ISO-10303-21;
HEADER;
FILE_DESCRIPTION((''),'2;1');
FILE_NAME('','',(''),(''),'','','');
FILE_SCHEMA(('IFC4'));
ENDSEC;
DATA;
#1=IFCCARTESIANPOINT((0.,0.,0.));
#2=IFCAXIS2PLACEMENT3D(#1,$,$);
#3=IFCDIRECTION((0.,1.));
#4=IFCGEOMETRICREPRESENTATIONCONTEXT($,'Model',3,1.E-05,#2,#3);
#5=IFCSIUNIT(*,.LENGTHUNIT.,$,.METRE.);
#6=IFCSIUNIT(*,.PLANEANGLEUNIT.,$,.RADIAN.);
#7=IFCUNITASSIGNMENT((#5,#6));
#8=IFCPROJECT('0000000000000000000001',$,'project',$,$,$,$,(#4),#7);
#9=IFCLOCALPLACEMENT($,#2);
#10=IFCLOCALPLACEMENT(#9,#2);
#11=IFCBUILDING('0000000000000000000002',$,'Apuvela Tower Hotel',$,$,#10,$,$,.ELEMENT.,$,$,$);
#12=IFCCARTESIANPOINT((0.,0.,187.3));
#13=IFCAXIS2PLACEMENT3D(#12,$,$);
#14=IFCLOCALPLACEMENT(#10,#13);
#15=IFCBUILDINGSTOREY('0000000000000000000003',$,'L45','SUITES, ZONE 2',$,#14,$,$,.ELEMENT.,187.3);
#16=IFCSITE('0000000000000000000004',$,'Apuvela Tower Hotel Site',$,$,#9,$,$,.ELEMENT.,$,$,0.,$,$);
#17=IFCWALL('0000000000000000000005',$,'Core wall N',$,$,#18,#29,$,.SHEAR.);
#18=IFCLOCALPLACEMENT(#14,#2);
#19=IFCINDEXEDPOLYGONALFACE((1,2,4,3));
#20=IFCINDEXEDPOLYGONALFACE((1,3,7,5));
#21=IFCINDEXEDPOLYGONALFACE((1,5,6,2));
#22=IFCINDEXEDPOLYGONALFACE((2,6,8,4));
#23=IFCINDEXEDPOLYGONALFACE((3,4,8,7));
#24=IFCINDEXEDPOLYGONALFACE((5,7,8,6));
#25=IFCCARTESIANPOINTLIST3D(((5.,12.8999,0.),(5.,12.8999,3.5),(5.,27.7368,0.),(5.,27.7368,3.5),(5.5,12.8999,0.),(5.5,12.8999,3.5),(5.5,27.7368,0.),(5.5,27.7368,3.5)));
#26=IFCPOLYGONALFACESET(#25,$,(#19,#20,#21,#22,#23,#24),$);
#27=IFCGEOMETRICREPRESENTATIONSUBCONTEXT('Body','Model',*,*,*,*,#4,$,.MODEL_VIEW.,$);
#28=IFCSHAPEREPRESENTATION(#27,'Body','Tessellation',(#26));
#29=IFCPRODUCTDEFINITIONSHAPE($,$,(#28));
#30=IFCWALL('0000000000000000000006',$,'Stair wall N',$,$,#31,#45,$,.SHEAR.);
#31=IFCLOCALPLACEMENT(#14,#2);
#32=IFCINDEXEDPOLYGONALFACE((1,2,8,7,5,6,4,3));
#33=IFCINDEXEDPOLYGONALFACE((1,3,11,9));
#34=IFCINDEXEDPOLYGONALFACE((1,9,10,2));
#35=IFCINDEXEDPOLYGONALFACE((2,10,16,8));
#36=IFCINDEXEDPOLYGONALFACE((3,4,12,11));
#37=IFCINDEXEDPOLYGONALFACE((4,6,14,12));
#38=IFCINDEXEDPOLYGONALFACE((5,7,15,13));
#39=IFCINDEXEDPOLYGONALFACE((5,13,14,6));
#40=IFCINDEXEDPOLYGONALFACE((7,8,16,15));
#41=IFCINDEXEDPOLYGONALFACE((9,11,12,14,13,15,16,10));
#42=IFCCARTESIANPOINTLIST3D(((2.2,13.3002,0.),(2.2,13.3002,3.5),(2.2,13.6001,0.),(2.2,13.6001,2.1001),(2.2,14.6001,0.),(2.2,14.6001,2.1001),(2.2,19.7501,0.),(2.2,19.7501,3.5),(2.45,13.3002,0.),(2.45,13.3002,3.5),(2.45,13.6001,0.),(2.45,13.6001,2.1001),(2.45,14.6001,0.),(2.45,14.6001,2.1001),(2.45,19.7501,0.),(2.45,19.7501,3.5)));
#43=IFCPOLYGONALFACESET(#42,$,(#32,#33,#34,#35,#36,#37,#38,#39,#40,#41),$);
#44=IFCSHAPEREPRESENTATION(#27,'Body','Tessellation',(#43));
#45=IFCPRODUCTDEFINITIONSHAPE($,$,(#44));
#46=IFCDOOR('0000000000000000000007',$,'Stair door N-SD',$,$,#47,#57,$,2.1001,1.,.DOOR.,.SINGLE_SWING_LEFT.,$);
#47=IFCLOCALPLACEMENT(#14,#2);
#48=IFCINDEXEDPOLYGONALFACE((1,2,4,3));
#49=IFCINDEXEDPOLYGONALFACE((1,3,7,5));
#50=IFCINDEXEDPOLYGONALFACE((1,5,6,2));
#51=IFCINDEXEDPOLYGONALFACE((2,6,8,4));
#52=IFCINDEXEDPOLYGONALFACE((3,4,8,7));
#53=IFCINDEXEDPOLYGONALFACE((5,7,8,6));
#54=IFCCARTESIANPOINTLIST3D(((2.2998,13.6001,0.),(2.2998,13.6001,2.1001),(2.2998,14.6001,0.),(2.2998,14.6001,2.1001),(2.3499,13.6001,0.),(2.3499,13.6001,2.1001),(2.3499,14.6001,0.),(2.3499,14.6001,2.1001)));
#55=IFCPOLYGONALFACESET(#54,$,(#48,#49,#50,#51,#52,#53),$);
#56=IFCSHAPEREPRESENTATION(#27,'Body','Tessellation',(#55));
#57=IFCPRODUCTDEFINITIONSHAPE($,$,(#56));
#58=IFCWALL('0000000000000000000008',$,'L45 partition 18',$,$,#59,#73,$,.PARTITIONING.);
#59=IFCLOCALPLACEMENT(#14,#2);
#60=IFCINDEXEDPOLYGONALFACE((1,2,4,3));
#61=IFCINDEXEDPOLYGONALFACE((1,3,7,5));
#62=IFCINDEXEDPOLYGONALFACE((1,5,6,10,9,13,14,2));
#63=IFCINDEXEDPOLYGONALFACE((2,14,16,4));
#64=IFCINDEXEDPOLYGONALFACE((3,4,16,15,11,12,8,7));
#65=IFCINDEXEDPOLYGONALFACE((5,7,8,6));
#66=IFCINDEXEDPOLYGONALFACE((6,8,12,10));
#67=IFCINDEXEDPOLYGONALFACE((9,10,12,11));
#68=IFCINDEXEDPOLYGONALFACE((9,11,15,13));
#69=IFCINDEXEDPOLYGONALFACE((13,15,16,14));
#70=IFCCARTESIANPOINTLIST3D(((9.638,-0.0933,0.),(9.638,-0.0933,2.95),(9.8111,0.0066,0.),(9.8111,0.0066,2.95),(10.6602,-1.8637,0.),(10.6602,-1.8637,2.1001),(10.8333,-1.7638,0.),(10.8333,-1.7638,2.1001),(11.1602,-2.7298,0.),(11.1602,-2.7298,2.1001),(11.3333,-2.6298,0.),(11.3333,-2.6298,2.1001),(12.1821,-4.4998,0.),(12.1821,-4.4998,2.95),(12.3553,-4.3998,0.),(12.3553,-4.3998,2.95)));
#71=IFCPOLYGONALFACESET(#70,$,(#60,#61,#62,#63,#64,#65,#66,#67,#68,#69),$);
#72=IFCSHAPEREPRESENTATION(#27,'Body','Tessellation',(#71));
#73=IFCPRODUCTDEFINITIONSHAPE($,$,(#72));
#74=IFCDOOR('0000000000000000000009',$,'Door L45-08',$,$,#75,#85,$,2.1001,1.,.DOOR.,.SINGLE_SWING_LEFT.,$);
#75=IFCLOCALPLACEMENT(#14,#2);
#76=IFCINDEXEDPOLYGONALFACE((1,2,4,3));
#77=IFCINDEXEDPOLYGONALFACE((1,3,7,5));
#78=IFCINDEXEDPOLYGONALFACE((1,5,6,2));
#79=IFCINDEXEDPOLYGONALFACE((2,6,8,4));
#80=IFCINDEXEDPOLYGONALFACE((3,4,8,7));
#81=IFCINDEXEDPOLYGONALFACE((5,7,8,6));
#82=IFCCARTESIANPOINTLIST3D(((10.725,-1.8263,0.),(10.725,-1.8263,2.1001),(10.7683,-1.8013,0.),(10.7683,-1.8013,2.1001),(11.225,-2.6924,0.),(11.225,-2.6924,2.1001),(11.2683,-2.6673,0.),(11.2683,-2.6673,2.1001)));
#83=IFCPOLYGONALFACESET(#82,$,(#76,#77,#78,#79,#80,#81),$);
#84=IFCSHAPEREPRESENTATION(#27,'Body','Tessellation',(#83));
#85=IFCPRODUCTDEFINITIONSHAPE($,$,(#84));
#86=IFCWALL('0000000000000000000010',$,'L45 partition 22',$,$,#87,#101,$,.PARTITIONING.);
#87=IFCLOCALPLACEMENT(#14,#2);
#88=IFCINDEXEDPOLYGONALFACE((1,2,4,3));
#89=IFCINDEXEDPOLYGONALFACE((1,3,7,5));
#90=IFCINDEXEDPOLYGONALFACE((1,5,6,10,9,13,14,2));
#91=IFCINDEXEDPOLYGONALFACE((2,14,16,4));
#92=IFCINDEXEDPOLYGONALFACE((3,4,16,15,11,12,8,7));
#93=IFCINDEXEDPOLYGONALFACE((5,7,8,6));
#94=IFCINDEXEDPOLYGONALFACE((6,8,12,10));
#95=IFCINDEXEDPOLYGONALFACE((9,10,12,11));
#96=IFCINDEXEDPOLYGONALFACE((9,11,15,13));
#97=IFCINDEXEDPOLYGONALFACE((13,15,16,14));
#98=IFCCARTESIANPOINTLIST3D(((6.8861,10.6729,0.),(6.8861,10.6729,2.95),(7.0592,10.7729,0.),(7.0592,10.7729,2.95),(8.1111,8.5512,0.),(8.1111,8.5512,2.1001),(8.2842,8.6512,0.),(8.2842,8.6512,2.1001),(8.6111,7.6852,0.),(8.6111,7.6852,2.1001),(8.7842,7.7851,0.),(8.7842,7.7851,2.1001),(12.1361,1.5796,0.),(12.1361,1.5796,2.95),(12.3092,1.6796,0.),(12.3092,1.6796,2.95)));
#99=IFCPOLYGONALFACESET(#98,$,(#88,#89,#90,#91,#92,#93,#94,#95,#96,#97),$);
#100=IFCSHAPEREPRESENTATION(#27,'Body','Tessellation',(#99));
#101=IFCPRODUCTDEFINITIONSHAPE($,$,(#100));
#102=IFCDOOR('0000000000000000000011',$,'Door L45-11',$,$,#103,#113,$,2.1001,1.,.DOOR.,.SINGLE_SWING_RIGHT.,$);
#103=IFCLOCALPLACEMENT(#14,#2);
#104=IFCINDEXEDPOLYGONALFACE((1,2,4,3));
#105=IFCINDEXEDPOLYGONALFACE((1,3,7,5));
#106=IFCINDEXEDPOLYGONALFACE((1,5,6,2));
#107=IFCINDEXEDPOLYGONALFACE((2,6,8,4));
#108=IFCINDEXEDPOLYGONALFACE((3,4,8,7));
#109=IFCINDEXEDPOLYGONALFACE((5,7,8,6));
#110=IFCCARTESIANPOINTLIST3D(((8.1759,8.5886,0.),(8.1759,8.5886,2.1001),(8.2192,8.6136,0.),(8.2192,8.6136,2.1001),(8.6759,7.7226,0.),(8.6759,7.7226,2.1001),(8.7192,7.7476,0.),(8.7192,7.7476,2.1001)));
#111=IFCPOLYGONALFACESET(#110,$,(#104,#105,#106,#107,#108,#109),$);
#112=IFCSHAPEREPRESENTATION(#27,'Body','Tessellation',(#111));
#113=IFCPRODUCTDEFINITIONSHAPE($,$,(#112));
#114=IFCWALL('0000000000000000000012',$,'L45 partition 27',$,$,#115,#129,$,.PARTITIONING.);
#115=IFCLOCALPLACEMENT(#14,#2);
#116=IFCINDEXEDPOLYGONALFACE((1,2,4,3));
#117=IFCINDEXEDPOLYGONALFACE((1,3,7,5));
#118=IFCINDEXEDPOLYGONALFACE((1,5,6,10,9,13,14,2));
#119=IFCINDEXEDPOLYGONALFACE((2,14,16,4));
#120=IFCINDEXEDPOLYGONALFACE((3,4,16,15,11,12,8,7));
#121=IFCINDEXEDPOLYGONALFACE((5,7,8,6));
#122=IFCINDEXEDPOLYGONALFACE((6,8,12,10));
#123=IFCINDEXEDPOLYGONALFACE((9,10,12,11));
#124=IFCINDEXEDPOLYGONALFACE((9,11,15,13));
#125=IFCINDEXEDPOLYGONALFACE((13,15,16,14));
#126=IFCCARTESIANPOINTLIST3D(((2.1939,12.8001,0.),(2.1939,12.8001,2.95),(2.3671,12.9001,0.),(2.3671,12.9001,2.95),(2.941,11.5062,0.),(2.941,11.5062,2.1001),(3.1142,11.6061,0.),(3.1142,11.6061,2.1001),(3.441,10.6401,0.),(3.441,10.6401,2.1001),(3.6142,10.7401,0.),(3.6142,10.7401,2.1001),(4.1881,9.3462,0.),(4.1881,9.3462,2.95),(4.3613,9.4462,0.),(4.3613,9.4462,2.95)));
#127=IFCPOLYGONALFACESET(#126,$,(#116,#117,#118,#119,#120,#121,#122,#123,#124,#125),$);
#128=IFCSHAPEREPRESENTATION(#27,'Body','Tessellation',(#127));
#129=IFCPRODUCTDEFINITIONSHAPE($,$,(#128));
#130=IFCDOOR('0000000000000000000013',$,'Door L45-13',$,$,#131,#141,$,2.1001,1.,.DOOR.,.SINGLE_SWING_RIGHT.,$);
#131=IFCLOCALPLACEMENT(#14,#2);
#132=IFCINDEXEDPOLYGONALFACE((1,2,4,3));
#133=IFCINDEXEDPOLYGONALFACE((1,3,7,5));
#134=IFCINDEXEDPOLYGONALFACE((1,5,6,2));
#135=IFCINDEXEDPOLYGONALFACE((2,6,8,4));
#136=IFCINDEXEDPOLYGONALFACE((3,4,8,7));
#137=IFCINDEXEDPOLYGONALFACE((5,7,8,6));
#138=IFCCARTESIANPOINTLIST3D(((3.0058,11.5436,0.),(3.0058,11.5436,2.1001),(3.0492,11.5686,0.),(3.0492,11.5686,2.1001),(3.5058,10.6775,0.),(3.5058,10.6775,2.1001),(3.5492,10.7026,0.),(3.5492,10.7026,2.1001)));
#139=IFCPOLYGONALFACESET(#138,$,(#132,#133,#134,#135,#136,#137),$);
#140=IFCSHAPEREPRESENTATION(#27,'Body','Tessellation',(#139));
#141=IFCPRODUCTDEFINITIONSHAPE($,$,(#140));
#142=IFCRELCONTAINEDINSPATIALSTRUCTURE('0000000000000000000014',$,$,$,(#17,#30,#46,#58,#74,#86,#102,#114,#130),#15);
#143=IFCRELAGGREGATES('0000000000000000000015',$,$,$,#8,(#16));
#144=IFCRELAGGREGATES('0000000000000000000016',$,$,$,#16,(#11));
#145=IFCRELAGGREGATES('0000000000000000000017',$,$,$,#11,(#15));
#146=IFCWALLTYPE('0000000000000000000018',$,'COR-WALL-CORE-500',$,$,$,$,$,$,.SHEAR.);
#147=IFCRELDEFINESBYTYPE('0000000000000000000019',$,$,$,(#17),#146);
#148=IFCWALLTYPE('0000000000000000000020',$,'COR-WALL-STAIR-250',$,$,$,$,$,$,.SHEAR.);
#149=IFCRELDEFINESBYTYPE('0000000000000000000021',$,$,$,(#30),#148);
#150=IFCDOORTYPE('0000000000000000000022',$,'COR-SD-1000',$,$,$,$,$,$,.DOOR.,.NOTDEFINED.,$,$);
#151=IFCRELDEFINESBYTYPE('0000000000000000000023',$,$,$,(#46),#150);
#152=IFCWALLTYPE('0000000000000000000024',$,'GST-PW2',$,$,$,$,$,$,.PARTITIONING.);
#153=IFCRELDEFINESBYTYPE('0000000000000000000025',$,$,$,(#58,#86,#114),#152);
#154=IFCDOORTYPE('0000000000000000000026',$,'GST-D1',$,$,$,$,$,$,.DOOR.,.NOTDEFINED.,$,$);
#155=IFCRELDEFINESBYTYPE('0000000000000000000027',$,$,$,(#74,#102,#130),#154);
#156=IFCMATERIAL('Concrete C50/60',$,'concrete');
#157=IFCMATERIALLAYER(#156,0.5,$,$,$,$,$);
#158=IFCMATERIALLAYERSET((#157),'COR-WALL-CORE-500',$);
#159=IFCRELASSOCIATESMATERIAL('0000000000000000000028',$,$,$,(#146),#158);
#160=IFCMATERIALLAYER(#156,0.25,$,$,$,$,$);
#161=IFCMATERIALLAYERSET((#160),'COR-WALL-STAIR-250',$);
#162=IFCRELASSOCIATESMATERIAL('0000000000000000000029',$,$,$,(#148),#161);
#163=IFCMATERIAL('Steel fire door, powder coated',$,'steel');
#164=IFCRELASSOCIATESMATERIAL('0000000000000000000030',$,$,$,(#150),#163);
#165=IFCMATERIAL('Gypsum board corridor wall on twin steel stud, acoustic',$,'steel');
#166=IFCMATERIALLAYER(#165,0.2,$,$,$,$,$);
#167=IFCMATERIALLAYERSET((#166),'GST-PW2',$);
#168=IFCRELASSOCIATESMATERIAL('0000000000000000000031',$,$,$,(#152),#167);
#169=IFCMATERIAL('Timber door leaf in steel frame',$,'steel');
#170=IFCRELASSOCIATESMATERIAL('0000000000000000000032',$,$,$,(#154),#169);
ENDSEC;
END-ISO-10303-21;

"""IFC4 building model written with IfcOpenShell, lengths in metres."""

from ifc_helpers import new_model, si_unit, direction, frame, frame_2d, origin, place, context, subcontext, project, spatial, rectangle, extrude, material, layer, layer_set, type_object, element, fill, save


model = new_model("IFC4")

# Units and contexts
model_context = context("Model", 3, precision=1e-05, world=origin(), true_north=direction((0.0, 1.0)))
body_context = subcontext(model_context, "Body", "Model", "MODEL_VIEW")
ifc_project = project(units=[si_unit("LENGTHUNIT", "METRE"), si_unit("PLANEANGLEUNIT", "RADIAN")], contexts=[model_context])

# Site, building, storey
site_placement = place(None, origin())
site = spatial("IfcSite", under=ifc_project, at=site_placement, Name="Apuvela Tower Hotel Site", CompositionType="ELEMENT", RefElevation=0.0)
building_placement = place(site_placement, origin())
building = spatial("IfcBuilding", under=site, at=building_placement, Name="Apuvela Tower Hotel", CompositionType="ELEMENT")
storey_placement = place(building_placement, frame((0.0, 0.0, 187.3)))
storey = spatial("IfcBuildingStorey", under=building, at=storey_placement, Name="L45", Description="SUITES, ZONE 2", CompositionType="ELEMENT", Elevation=187.3)

# Shared definitions
ifc_material_1 = material(Name="Concrete C50/60", Category="concrete")

# Shared definitions
ifc_material_2 = material(Name="Steel fire door, powder coated", Category="steel")

# Wall
ifc_layer_1 = layer(ifc_material_1, 0.5)
ifc_layer_set_1 = layer_set([ifc_layer_1], Name="COR-WALL-CORE-500")
wall_type_1 = type_object("IfcWallType", Name="COR-WALL-CORE-500", PredefinedType="SHEAR", material=ifc_layer_set_1)
wall_1_placement = place(storey_placement, frame((5.25, 12.8999, 0.0), z_axis=(0.0, 0.0, 1.0), x_axis=(0.0, 1.0, 0.0)))
element("IfcWall", 1, at=wall_1_placement, inside=storey, type_object=wall_type_1, Name="Core wall N", PredefinedType="SHEAR", context=body_context, shape_type="SweptSolid", body=[
    extrude(rectangle(XDim=14.8369, YDim=0.5, at=frame_2d((7.4185, 0.0))), origin(), (0.0, 0.0, 1.0), 3.5),
])

# Walls, openings, doors
ifc_layer_2 = layer(ifc_material_1, 0.25)
ifc_layer_set_2 = layer_set([ifc_layer_2], Name="COR-WALL-STAIR-250")
wall_type_2 = type_object("IfcWallType", Name="COR-WALL-STAIR-250", PredefinedType="SHEAR", material=ifc_layer_set_2)
wall_2_placement = place(storey_placement, frame((2.325, 13.3, 0.0), z_axis=(0.0, 0.0, 1.0), x_axis=(0.0, 1.0, 0.0)))
wall_2 = element("IfcWall", 2, at=wall_2_placement, inside=storey, type_object=wall_type_2, Name="Stair wall N", PredefinedType="SHEAR", context=body_context, shape_type="SweptSolid", body=[
    extrude(rectangle(XDim=6.45, YDim=0.25, at=frame_2d((3.2251, 0.0))), origin(), (0.0, 0.0, 1.0), 3.5),
])
opening_1_placement = place(wall_2_placement, frame((0.3, 0.0, 0.0)))
opening_1 = element("IfcOpeningElement", 3, at=opening_1_placement, cuts=wall_2, PredefinedType="OPENING", context=body_context, shape_type="SweptSolid", body=[
    extrude(rectangle(XDim=1.0, YDim=2.1001, at=frame_2d((0.5, 1.05))), frame((0.0, 0.135, 0.0), z_axis=(0.0, -1.0, 0.0), x_axis=(1.0, 0.0, 0.0)), (0.0, 0.0, 1.0), 0.27),
])
door_type_1 = type_object("IfcDoorType", Name="COR-SD-1000", OperationType="NOTDEFINED", PredefinedType="DOOR", material=ifc_material_2)
door_1_placement = place(opening_1_placement, frame((1.0, 0.0, 0.0), z_axis=(0.0, 0.0, 1.0), x_axis=(-1.0, 0.0, 0.0)))
door_1 = element("IfcDoor", 4, at=door_1_placement, inside=storey, type_object=door_type_1, Name="Stair door N-SD", OperationType="SINGLE_SWING_LEFT", OverallHeight=2.1001, OverallWidth=1.0, PredefinedType="DOOR", context=body_context, shape_type="SweptSolid", body=[
    extrude(rectangle(XDim=1.0, YDim=2.1001, at=frame_2d((0.5, 1.05))), frame((0.0, 0.0249, 0.0), z_axis=(0.0, -1.0, 0.0), x_axis=(1.0, 0.0, 0.0)), (0.0, 0.0, 1.0), 0.05),
])
fill(opening_1, door_1)
ifc_material_3 = material(Name="Gypsum board corridor wall on twin steel stud, acoustic", Category="steel")
ifc_layer_3 = layer(ifc_material_3, 0.2)
ifc_layer_set_3 = layer_set([ifc_layer_3], Name="GST-PW2")
wall_type_3 = type_object("IfcWallType", Name="GST-PW2", PredefinedType="PARTITIONING", material=ifc_layer_set_3)
wall_3_placement = place(storey_placement, frame((9.7246, -0.0435, 0.0), z_axis=(0.0, 0.0, 1.0), x_axis=(0.500015, -0.866017, 0.0)))
wall_3 = element("IfcWall", 5, at=wall_3_placement, inside=storey, type_object=wall_type_3, Name="L45 partition 18", PredefinedType="PARTITIONING", context=body_context, shape_type="SweptSolid", body=[
    extrude(rectangle(XDim=5.0881, YDim=0.2, at=frame_2d((2.5439, 0.0))), origin(), (0.0, 0.0, 1.0), 2.95),
])
opening_2_placement = place(wall_3_placement, frame((2.0442, 0.0, 0.0)))
opening_2 = element("IfcOpeningElement", 6, at=opening_2_placement, cuts=wall_3, PredefinedType="OPENING", context=body_context, shape_type="SweptSolid", body=[
    extrude(rectangle(XDim=1.0, YDim=2.1001, at=frame_2d((0.5, 1.05))), frame((0.0, 0.1099, 0.0), z_axis=(0.0, -1.0, 0.0), x_axis=(1.0, 0.0, 0.0)), (0.0, 0.0, 1.0), 0.22),
])
ifc_material_4 = material(Name="Timber door leaf in steel frame", Category="steel")
door_type_2 = type_object("IfcDoorType", Name="GST-D1", OperationType="NOTDEFINED", PredefinedType="DOOR", material=ifc_material_4)
door_2_placement = place(opening_2_placement, origin())
door_2 = element("IfcDoor", 7, at=door_2_placement, inside=storey, type_object=door_type_2, Name="Door L45-08", OperationType="SINGLE_SWING_LEFT", OverallHeight=2.1001, OverallWidth=1.0, PredefinedType="DOOR", context=body_context, shape_type="SweptSolid", body=[
    extrude(rectangle(XDim=1.0, YDim=2.1001, at=frame_2d((0.5, 1.05))), frame((0.0, 0.0249, 0.0), z_axis=(0.0, -1.0, 0.0), x_axis=(1.0, 0.0, 0.0)), (0.0, 0.0, 1.0), 0.05),
])
fill(opening_2, door_2)
wall_4_placement = place(storey_placement, frame((6.9727, 10.7229, 0.0), z_axis=(0.0, 0.0, 1.0), x_axis=(0.5, -0.866025, 0.0)))
wall_4 = element("IfcWall", 8, at=wall_4_placement, inside=storey, type_object=wall_type_3, Name="L45 partition 22", PredefinedType="PARTITIONING", context=body_context, shape_type="SweptSolid", body=[
    extrude(rectangle(XDim=10.5, YDim=0.2, at=frame_2d((5.25, 0.0))), origin(), (0.0, 0.0, 1.0), 2.95),
])
opening_3_placement = place(wall_4_placement, frame((2.45, 0.0, 0.0)))
opening_3 = element("IfcOpeningElement", 9, at=opening_3_placement, cuts=wall_4, PredefinedType="OPENING", context=body_context, shape_type="SweptSolid", body=[
    extrude(rectangle(XDim=1.0, YDim=2.1001, at=frame_2d((0.5, 1.05))), frame((0.0, 0.1099, 0.0), z_axis=(0.0, -1.0, 0.0), x_axis=(1.0, 0.0, 0.0)), (0.0, 0.0, 1.0), 0.22),
])
door_3_placement = place(opening_3_placement, origin())
door_3 = element("IfcDoor", 10, at=door_3_placement, inside=storey, type_object=door_type_2, Name="Door L45-11", OperationType="SINGLE_SWING_RIGHT", OverallHeight=2.1001, OverallWidth=1.0, PredefinedType="DOOR", context=body_context, shape_type="SweptSolid", body=[
    extrude(rectangle(XDim=1.0, YDim=2.1001, at=frame_2d((0.5, 1.05))), frame((0.0, 0.0249, 0.0), z_axis=(0.0, -1.0, 0.0), x_axis=(1.0, 0.0, 0.0)), (0.0, 0.0, 1.0), 0.05),
])
fill(opening_3, door_3)
wall_5_placement = place(storey_placement, frame((2.2805, 12.8501, 0.0), z_axis=(0.0, 0.0, 1.0), x_axis=(0.50001, -0.866019, 0.0)))
wall_5 = element("IfcWall", 11, at=wall_5_placement, inside=storey, type_object=wall_type_3, Name="L45 partition 27", PredefinedType="PARTITIONING", context=body_context, shape_type="SweptSolid", body=[
    extrude(rectangle(XDim=3.9883, YDim=0.2, at=frame_2d((1.9941, 0.0))), origin(), (0.0, 0.0, 1.0), 2.95),
])
opening_4_placement = place(wall_5_placement, frame((1.4941, 0.0, 0.0)))
opening_4 = element("IfcOpeningElement", 12, at=opening_4_placement, cuts=wall_5, PredefinedType="OPENING", context=body_context, shape_type="SweptSolid", body=[
    extrude(rectangle(XDim=1.0, YDim=2.1001, at=frame_2d((0.5, 1.05))), frame((0.0, 0.1099, 0.0), z_axis=(0.0, -1.0, 0.0), x_axis=(1.0, 0.0, 0.0)), (0.0, 0.0, 1.0), 0.22),
])
door_4_placement = place(opening_4_placement, origin())
door_4 = element("IfcDoor", 13, at=door_4_placement, inside=storey, type_object=door_type_2, Name="Door L45-13", OperationType="SINGLE_SWING_RIGHT", OverallHeight=2.1001, OverallWidth=1.0, PredefinedType="DOOR", context=body_context, shape_type="SweptSolid", body=[
    extrude(rectangle(XDim=1.0, YDim=2.1001, at=frame_2d((0.5, 1.05))), frame((0.0, 0.0249, 0.0), z_axis=(0.0, -1.0, 0.0), x_axis=(1.0, 0.0, 0.0)), (0.0, 0.0, 1.0), 0.05),
])
fill(opening_4, door_4)

save(model, "model.ifc")
